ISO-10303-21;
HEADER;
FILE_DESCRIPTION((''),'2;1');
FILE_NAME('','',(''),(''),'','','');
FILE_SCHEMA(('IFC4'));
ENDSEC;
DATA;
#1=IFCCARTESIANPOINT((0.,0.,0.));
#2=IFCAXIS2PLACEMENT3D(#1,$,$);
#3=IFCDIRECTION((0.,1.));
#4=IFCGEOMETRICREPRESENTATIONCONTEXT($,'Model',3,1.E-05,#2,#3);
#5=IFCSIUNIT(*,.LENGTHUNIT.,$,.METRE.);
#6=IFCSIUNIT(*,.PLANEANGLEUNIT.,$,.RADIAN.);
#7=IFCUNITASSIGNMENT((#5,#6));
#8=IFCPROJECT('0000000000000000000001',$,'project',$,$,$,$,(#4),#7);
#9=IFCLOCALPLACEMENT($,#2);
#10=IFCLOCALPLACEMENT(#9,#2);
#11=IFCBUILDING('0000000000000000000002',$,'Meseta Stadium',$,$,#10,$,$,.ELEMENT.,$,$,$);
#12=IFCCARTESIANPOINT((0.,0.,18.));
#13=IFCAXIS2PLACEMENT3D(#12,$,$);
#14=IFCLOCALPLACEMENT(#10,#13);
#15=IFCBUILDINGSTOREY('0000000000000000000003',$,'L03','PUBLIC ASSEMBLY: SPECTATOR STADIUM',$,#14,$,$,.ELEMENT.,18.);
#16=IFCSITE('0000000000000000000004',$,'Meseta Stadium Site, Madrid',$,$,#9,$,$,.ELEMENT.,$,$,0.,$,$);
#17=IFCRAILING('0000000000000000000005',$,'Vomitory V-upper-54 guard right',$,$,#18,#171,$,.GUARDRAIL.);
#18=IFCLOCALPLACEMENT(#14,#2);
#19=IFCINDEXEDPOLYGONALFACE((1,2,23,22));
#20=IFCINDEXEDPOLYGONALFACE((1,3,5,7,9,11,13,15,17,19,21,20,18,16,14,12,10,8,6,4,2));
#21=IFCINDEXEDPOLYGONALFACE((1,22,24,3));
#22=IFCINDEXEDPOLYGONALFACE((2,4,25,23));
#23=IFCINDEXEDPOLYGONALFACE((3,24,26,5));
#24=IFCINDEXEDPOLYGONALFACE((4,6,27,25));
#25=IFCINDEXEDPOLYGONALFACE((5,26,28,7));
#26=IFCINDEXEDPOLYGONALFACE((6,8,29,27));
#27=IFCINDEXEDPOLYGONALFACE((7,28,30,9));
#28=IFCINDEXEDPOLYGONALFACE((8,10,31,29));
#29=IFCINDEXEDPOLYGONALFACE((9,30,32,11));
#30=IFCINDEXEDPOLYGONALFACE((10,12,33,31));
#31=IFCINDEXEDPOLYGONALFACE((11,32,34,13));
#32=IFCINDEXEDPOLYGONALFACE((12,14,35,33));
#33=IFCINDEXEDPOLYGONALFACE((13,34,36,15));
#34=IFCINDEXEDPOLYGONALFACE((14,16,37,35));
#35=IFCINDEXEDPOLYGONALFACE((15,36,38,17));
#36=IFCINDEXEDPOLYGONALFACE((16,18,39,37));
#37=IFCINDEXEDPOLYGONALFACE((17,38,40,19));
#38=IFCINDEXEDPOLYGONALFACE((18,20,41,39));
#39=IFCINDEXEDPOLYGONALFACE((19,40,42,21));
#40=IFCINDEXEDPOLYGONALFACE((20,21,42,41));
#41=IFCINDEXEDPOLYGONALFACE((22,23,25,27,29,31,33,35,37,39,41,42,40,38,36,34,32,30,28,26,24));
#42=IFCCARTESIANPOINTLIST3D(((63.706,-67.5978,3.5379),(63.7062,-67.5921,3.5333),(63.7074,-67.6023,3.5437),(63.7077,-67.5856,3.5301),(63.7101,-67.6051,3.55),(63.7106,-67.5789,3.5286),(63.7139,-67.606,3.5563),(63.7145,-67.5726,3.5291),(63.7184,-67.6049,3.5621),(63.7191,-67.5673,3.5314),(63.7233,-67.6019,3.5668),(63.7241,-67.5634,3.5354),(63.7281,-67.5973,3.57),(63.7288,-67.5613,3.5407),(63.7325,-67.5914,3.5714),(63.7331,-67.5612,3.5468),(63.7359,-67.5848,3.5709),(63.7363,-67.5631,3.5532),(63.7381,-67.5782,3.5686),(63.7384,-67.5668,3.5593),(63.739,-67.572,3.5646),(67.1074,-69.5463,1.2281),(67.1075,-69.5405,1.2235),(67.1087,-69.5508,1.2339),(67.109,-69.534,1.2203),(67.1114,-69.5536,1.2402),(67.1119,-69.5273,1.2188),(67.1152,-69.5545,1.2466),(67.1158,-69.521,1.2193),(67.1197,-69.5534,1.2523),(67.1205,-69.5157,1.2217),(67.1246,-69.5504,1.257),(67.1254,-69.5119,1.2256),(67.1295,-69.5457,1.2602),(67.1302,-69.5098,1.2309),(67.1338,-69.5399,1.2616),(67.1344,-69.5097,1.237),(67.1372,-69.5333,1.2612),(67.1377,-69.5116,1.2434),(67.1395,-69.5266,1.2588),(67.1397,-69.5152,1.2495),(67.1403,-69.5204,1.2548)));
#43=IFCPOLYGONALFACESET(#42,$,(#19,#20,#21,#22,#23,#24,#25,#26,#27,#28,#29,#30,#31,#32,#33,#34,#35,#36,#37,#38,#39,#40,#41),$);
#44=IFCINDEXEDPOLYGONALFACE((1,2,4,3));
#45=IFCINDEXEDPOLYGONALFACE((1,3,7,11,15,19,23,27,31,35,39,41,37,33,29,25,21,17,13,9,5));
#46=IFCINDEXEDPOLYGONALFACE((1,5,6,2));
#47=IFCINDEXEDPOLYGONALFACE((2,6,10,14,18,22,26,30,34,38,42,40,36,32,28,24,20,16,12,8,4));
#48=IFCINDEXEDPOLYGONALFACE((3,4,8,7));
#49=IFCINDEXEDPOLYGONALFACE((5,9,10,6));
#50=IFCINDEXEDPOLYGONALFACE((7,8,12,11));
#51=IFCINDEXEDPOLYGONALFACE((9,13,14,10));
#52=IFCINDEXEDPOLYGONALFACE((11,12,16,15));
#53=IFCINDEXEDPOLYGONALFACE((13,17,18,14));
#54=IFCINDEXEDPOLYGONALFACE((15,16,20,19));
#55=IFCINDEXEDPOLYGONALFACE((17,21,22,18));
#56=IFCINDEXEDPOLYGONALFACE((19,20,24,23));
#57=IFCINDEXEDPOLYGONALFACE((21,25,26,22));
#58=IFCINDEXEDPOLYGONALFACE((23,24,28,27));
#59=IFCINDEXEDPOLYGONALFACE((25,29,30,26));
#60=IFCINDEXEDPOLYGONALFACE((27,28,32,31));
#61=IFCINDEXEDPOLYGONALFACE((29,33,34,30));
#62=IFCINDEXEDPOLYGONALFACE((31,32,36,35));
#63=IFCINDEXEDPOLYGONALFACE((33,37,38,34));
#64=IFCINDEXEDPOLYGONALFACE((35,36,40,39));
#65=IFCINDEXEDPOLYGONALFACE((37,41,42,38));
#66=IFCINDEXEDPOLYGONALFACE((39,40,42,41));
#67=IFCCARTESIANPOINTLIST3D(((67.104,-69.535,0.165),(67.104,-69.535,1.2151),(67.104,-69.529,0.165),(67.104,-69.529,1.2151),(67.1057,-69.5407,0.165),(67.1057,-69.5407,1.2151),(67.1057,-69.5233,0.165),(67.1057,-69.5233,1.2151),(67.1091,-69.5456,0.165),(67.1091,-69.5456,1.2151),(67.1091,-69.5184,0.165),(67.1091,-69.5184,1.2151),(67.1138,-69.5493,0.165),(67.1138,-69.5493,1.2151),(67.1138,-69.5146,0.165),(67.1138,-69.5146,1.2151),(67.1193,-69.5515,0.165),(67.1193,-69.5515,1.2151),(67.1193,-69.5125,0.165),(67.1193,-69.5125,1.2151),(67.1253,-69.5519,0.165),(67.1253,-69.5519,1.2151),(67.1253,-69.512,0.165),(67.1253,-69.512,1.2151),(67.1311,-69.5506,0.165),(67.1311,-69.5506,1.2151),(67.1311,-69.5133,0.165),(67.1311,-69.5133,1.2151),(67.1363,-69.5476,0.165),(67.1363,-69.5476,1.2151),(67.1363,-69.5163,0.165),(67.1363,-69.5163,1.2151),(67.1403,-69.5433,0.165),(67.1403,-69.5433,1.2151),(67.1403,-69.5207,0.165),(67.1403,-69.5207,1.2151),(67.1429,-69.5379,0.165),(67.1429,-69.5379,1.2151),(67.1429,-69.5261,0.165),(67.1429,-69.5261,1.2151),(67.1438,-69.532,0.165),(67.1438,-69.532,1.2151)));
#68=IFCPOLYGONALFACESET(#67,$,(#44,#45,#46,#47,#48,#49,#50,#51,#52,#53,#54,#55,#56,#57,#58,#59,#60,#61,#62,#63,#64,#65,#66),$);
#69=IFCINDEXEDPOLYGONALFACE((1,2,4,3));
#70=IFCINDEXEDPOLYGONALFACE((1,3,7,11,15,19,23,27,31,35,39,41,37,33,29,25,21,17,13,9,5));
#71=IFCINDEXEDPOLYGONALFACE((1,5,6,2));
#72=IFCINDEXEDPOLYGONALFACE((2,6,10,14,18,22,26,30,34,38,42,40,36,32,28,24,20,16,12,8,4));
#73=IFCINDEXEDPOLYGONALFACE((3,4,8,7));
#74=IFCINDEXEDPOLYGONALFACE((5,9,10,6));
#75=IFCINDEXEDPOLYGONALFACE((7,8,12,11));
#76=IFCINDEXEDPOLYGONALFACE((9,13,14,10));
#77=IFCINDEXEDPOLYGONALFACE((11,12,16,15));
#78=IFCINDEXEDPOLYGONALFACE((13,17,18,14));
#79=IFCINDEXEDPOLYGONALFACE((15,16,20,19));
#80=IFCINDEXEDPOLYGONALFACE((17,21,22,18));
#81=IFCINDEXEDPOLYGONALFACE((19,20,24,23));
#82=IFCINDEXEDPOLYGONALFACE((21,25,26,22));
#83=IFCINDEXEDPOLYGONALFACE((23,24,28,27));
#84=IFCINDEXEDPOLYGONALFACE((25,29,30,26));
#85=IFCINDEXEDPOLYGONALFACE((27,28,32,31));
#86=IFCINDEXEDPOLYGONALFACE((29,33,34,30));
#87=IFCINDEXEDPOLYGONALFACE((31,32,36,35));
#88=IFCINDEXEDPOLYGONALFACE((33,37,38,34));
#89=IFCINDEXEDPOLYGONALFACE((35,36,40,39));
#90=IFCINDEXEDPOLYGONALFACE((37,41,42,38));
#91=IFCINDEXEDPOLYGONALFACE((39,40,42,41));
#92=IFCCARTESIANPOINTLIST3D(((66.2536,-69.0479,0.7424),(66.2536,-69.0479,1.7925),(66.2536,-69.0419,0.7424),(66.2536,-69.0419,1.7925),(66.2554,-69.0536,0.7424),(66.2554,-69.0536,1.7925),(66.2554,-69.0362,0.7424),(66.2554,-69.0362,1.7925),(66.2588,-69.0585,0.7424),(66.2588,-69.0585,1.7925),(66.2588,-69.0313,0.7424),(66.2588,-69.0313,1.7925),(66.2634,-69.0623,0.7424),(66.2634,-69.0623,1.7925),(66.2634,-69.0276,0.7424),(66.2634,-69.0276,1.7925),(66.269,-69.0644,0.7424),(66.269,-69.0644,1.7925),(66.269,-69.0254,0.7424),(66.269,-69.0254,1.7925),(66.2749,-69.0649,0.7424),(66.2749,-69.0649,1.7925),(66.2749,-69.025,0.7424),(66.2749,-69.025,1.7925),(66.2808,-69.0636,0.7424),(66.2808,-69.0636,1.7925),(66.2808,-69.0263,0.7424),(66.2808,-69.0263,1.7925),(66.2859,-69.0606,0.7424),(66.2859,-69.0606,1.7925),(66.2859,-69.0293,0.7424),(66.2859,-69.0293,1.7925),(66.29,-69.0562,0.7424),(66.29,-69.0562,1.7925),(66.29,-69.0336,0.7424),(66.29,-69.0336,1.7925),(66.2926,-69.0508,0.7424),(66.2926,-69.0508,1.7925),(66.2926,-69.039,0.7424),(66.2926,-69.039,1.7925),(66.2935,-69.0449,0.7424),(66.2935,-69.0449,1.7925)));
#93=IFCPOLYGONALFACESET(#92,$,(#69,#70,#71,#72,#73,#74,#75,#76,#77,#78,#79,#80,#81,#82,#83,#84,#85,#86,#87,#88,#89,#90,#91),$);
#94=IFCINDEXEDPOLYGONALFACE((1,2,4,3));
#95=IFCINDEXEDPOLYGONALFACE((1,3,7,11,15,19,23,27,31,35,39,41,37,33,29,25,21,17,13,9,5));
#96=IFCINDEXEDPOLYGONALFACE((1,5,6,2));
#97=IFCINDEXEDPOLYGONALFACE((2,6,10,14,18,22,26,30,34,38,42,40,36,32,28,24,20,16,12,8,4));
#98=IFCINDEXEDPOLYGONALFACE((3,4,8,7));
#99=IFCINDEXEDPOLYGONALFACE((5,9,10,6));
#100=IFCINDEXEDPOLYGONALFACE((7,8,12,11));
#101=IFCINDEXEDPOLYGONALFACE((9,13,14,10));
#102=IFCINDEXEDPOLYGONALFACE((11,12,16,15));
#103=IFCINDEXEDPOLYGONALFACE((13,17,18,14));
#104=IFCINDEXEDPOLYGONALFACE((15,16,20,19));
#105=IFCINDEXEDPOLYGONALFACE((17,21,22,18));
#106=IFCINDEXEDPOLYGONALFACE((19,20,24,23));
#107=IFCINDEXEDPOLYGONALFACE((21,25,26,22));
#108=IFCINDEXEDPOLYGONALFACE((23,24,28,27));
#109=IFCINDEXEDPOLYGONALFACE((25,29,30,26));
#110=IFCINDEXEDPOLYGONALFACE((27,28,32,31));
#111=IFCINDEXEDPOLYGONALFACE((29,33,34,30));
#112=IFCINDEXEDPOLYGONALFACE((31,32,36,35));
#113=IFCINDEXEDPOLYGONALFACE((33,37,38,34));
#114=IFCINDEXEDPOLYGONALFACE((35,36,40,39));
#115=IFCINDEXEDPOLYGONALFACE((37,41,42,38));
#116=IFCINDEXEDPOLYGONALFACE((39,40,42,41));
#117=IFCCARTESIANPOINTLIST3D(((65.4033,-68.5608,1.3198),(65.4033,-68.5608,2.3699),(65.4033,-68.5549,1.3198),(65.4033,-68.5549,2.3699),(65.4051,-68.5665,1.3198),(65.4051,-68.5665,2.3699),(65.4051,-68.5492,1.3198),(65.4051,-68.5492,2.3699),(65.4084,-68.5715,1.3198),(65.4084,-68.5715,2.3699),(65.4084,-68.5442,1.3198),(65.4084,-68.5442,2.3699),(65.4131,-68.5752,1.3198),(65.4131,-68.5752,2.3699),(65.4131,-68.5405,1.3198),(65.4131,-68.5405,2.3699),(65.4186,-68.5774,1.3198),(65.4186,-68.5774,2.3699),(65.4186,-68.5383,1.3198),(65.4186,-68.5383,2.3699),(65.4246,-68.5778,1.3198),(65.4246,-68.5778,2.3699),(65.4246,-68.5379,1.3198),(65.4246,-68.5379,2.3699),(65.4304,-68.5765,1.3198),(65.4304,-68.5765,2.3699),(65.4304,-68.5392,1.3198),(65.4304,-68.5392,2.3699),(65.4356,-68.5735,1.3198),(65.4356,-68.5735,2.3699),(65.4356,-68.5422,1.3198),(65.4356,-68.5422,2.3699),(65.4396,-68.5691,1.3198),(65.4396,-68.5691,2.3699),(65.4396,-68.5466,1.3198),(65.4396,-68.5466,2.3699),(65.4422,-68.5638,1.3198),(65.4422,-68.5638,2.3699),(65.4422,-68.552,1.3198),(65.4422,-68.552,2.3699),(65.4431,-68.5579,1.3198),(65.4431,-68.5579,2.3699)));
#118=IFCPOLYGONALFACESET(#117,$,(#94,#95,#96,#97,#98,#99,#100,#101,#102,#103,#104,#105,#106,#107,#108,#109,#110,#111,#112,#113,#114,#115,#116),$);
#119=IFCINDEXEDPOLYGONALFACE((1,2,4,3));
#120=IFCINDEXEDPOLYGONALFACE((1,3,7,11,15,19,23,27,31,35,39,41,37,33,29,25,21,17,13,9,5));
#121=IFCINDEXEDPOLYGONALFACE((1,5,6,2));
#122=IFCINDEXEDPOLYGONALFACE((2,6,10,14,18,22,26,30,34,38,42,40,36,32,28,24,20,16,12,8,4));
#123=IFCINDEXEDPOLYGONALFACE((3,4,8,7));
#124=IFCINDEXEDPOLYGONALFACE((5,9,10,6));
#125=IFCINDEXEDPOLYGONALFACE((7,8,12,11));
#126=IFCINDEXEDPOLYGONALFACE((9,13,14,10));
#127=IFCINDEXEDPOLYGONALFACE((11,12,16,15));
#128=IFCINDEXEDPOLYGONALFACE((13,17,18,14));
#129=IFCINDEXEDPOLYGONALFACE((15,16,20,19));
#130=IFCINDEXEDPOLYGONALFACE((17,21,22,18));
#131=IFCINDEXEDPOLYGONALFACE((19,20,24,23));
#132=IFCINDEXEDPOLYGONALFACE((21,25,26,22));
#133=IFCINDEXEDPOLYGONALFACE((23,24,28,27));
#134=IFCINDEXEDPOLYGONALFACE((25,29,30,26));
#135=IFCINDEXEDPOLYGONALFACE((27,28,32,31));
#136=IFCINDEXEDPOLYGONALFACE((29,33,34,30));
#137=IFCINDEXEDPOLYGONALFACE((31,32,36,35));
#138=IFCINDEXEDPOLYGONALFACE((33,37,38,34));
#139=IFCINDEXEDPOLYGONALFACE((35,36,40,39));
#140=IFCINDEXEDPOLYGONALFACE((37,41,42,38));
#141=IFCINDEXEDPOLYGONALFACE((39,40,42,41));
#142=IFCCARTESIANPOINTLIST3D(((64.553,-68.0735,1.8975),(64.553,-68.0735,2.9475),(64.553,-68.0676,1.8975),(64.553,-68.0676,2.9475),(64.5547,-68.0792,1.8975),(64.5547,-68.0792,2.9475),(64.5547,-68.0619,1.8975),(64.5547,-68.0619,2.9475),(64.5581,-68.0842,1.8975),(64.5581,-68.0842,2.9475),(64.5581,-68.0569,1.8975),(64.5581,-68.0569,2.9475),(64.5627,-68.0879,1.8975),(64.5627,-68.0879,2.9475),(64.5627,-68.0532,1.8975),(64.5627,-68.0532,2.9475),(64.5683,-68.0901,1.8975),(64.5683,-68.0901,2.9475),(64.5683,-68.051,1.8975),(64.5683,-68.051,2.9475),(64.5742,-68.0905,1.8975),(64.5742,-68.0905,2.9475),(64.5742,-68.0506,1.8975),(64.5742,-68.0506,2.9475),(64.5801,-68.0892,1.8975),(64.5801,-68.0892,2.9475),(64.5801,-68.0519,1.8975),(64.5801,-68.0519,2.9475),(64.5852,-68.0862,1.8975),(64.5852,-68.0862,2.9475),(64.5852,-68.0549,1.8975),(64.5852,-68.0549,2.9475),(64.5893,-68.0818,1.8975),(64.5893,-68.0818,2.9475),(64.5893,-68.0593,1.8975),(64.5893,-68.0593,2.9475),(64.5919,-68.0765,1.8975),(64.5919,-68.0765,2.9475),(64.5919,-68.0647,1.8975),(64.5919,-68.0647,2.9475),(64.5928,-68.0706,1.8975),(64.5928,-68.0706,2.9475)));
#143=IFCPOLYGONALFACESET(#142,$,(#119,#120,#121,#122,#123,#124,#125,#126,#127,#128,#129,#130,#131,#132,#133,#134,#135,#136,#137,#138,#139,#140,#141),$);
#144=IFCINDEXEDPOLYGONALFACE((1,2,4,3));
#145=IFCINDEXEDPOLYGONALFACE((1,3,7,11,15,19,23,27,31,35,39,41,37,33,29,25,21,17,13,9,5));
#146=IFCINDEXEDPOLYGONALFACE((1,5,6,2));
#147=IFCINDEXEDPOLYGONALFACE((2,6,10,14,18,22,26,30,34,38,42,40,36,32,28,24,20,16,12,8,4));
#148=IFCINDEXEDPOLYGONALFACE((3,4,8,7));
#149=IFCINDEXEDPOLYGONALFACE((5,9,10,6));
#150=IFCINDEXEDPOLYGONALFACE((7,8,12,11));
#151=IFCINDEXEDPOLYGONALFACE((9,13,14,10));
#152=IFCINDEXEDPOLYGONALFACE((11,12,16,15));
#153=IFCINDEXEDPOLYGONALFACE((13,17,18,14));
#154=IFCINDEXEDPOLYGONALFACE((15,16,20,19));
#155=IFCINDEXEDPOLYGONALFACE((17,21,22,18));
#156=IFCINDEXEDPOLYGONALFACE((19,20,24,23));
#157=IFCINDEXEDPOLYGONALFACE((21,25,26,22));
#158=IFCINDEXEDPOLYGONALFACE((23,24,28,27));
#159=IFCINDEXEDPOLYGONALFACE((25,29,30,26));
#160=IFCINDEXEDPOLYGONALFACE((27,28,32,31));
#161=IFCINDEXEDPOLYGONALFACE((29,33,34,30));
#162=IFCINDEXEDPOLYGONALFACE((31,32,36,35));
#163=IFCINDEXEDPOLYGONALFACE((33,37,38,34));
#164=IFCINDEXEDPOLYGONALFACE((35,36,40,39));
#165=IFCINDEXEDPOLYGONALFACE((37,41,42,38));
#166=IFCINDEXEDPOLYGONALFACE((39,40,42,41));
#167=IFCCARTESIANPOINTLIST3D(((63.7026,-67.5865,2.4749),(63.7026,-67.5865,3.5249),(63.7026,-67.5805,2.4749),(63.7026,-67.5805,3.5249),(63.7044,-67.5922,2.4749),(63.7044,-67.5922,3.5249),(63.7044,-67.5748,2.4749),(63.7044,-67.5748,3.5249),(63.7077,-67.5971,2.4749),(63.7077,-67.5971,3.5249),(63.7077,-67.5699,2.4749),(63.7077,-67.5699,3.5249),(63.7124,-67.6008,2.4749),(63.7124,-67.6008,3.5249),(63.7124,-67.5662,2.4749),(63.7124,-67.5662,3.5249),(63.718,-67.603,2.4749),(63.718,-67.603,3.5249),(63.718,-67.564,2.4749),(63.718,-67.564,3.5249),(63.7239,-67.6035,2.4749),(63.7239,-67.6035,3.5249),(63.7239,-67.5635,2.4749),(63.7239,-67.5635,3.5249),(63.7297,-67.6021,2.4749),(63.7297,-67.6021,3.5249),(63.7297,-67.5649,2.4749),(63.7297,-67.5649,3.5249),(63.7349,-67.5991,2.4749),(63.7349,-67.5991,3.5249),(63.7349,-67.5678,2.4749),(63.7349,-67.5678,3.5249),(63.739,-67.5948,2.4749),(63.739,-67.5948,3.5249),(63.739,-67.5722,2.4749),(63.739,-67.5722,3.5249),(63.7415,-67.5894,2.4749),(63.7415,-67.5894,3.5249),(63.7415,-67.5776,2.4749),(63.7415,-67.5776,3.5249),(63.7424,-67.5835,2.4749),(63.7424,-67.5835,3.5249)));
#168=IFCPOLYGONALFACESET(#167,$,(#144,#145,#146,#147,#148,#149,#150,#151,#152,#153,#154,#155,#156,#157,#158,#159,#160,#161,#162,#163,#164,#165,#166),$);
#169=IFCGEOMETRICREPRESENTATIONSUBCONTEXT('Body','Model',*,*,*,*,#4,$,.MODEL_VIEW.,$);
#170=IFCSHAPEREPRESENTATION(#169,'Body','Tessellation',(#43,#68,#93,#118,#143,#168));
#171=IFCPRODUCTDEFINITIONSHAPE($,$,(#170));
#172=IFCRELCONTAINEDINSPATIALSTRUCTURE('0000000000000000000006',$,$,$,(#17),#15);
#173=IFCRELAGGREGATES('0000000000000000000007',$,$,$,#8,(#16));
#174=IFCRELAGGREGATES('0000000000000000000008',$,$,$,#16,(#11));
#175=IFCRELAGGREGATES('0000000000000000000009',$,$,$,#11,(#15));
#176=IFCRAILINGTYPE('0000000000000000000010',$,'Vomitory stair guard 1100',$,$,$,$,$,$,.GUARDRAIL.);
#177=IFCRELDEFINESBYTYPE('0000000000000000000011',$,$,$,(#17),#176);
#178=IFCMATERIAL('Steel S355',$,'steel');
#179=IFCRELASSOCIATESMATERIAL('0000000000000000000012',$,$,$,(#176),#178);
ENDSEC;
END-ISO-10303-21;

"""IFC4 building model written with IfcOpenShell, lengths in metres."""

from ifc_helpers import new_model, si_unit, direction, frame, origin, origin_2d, place, context, subcontext, project, spatial, circle, extrude, material, type_object, element, save


model = new_model("IFC4")

# Units and contexts
model_context = context("Model", 3, precision=1e-05, world=origin(), true_north=direction((0.0, 1.0)))
body_context = subcontext(model_context, "Body", "Model", "MODEL_VIEW")
ifc_project = project(units=[si_unit("LENGTHUNIT", "METRE"), si_unit("PLANEANGLEUNIT", "RADIAN")], contexts=[model_context])

# Site, building, storey
site_placement = place(None, origin())
site = spatial("IfcSite", under=ifc_project, at=site_placement, Name="Meseta Stadium Site, Madrid", CompositionType="ELEMENT", RefElevation=0.0)
building_placement = place(site_placement, origin())
building = spatial("IfcBuilding", under=site, at=building_placement, Name="Meseta Stadium", CompositionType="ELEMENT")
storey_placement = place(building_placement, frame((0.0, 0.0, 18.0)))
storey = spatial("IfcBuildingStorey", under=building, at=storey_placement, Name="L03", Description="PUBLIC ASSEMBLY: SPECTATOR STADIUM", CompositionType="ELEMENT", Elevation=18.0)

# Railing
ifc_material_1 = material(Name="Steel S355", Category="steel")
railing_type_1 = type_object("IfcRailingType", Name="Vomitory stair guard 1100", PredefinedType="GUARDRAIL", material=ifc_material_1)
for number, where, name in (
    (1, (67.1238, -69.532, 0.165), "Vomitory V-upper-54 guard right"),
):
    element("IfcRailing", number, at=place(storey_placement, frame(where)), inside=storey, type_object=railing_type_1, Name=name, PredefinedType="GUARDRAIL", context=body_context, shape_type="SweptSolid", body=[
        extrude(circle(Radius=0.0249, at=origin_2d()), frame((0.0, 0.0, 1.0752), z_axis=(-0.747578, 0.428253, 0.507668), x_axis=(-0.497071, -0.86771, 0.0)), (0.0, 0.0, 1.0), 4.5498),
        extrude(circle(Radius=0.02, at=origin_2d()), origin(), (0.0, 0.0, 1.0), 1.05),
        extrude(circle(Radius=0.02, at=origin_2d()), frame((-0.8503, 0.4871, 0.5774)), (0.0, 0.0, 1.0), 1.05),
        extrude(circle(Radius=0.02, at=origin_2d()), frame((-1.7007, 0.9741, 1.1548)), (0.0, 0.0, 1.0), 1.05),
        extrude(circle(Radius=0.02, at=origin_2d()), frame((-2.551, 1.4614, 1.7324)), (0.0, 0.0, 1.0), 1.05),
        extrude(circle(Radius=0.02, at=origin_2d()), frame((-3.4014, 1.9485, 2.3098)), (0.0, 0.0, 1.0), 1.05),
    ])

save(model, "model.ifc")
